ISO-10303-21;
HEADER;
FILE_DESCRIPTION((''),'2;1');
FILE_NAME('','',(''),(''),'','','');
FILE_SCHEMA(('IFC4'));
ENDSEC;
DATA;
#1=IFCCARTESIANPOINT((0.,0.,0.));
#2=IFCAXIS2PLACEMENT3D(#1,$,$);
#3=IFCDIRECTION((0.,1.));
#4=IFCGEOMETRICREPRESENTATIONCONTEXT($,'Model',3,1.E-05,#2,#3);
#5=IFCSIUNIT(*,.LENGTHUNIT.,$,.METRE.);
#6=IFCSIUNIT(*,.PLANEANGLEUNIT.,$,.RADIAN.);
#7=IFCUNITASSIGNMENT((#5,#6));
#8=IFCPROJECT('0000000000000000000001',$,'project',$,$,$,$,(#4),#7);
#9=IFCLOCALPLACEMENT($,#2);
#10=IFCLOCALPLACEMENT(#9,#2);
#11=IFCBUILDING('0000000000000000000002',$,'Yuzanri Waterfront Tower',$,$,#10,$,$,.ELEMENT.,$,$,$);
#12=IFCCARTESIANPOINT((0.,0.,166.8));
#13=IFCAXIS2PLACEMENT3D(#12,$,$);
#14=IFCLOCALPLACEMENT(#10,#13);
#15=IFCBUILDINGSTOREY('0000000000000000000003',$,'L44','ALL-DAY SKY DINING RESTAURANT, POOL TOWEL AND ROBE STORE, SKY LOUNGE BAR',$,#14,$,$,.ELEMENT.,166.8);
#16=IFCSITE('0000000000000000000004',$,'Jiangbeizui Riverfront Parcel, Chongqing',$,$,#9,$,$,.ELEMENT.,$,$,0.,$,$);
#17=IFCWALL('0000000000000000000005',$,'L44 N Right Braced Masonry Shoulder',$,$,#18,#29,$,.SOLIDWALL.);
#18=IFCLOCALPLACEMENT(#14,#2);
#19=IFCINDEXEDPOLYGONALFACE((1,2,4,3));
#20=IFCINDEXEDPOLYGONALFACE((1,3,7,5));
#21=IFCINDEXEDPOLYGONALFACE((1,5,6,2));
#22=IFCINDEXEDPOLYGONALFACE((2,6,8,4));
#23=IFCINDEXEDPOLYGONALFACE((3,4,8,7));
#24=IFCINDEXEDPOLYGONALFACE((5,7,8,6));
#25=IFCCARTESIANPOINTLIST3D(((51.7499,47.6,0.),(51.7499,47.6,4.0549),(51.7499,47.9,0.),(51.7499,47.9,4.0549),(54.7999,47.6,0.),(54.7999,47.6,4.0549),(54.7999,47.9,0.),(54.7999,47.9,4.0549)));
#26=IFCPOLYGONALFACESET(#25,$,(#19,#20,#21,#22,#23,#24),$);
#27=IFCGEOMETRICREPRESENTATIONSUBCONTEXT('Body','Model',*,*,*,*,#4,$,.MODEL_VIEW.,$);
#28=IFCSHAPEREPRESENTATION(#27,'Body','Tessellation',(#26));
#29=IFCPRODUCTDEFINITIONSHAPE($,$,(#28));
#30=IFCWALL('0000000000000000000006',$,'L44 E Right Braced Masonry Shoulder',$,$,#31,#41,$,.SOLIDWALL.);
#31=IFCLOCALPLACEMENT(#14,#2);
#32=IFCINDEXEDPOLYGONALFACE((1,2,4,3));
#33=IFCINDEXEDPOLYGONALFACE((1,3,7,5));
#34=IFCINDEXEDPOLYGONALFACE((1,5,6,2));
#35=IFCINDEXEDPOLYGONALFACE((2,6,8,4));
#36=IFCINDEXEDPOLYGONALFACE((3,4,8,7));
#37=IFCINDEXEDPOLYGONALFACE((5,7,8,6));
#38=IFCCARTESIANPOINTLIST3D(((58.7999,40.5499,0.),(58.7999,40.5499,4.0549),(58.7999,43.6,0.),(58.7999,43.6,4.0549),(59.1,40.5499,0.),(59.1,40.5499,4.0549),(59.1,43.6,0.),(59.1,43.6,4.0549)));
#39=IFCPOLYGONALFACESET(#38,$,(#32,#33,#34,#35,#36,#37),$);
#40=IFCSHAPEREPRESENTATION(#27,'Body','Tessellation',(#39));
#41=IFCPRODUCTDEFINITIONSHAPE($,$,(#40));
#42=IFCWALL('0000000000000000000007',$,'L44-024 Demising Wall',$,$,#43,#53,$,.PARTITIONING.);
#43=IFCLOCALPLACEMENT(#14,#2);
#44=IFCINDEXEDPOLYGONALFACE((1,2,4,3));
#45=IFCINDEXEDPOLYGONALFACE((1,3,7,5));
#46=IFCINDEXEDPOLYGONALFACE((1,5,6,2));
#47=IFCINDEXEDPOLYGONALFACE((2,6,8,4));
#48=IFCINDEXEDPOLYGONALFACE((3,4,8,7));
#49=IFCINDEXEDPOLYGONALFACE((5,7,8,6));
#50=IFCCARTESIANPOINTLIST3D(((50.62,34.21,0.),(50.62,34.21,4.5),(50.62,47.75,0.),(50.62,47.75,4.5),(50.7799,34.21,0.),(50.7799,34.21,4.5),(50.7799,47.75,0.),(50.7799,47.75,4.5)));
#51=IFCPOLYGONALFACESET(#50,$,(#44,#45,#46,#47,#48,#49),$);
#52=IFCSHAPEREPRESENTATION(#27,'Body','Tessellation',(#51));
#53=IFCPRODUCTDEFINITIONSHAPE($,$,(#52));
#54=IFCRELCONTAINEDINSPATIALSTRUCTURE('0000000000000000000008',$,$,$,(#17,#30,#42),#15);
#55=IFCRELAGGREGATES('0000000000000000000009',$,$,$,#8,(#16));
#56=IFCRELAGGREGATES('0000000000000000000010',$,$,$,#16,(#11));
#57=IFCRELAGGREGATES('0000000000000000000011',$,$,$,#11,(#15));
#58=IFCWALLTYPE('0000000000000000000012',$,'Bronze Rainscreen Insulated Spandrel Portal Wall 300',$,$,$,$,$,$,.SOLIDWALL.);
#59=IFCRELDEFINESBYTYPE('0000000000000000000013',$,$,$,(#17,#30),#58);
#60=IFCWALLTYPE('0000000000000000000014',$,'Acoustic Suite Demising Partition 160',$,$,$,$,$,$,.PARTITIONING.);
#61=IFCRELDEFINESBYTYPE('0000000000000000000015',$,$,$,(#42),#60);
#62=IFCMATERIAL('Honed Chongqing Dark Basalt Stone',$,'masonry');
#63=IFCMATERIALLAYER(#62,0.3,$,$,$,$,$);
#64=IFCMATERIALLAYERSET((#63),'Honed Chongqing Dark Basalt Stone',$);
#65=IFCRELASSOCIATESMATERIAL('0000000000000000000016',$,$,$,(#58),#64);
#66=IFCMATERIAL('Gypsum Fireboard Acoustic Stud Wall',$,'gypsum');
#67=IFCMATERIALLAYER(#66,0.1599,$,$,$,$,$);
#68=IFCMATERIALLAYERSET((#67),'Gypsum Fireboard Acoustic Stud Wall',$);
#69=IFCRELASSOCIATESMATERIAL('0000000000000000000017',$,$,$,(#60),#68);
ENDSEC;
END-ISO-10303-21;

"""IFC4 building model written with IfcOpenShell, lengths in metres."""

from ifc_helpers import new_model, si_unit, direction, frame, frame_2d, origin, place, context, subcontext, project, spatial, rectangle, extrude, source, transform, mapped, material, layer, layer_set, type_object, element, save


model = new_model("IFC4")

# Units and contexts
model_context = context("Model", 3, precision=1e-05, world=origin(), true_north=direction((0.0, 1.0)))
body_context = subcontext(model_context, "Body", "Model", "MODEL_VIEW")
ifc_project = project(units=[si_unit("LENGTHUNIT", "METRE"), si_unit("PLANEANGLEUNIT", "RADIAN")], contexts=[model_context])

# Site, building, storey
site_placement = place(None, origin())
site = spatial("IfcSite", under=ifc_project, at=site_placement, Name="Jiangbeizui Riverfront Parcel, Chongqing", CompositionType="ELEMENT", RefElevation=0.0)
building_placement = place(site_placement, origin())
building = spatial("IfcBuilding", under=site, at=building_placement, Name="Yuzanri Waterfront Tower", CompositionType="ELEMENT")
storey_placement = place(building_placement, frame((0.0, 0.0, 166.8)))
storey = spatial("IfcBuildingStorey", under=building, at=storey_placement, Name="L44", Description="ALL-DAY SKY DINING RESTAURANT, POOL TOWEL AND ROBE STORE, SKY LOUNGE BAR", CompositionType="ELEMENT", Elevation=166.8)

# Shared definitions
ifc_material_1 = material(Name="Honed Chongqing Dark Basalt Stone", Category="masonry")
ifc_layer_1 = layer(ifc_material_1, 0.3)
ifc_layer_set_1 = layer_set([ifc_layer_1], Name="Honed Chongqing Dark Basalt Stone")
wall_type_1 = type_object("IfcWallType", Name="Bronze Rainscreen Insulated Spandrel Portal Wall 300", PredefinedType="SOLIDWALL", material=ifc_layer_set_1)

# Walls
shared_shape_1 = source(origin(), body_context, "Body", "SweptSolid", [
    extrude(rectangle(XDim=3.05, YDim=0.3, at=frame_2d((1.5249, 0.0))), origin(), (0.0, 0.0, 1.0), 4.0549),
])
for number, where, z_axis, x_axis, name in (
    (1, (51.75, 47.75, 0.0), (0.0, 0.0, 1.0), (1.0, 0.0, 0.0), "L44 N Right Braced Masonry Shoulder"),
    (2, (58.95, 40.55, 0.0), (0.0, 0.0, 1.0), (0.0, 1.0, 0.0), "L44 E Right Braced Masonry Shoulder"),
):
    element("IfcWall", number, at=place(storey_placement, frame(where, z_axis=z_axis, x_axis=x_axis)), inside=storey, type_object=wall_type_1, Name=name, PredefinedType="SOLIDWALL", context=body_context, shape_type="MappedRepresentation", body=[
        mapped(shared_shape_1, transform((0.0, 0.0, 0.0), scale=1.0)),
    ])
ifc_material_2 = material(Name="Gypsum Fireboard Acoustic Stud Wall", Category="gypsum")
ifc_layer_2 = layer(ifc_material_2, 0.1599)
ifc_layer_set_2 = layer_set([ifc_layer_2], Name="Gypsum Fireboard Acoustic Stud Wall")
wall_type_2 = type_object("IfcWallType", Name="Acoustic Suite Demising Partition 160", PredefinedType="PARTITIONING", material=ifc_layer_set_2)
shared_shape_2 = source(origin(), body_context, "Body", "SweptSolid", [
    extrude(rectangle(XDim=13.54, YDim=0.1599, at=frame_2d((6.77, 0.0))), origin(), (0.0, 0.0, 1.0), 4.5),
])
wall_1_placement = place(storey_placement, frame((50.7, 34.21, 0.0), z_axis=(0.0, 0.0, 1.0), x_axis=(0.0, 1.0, 0.0)))
element("IfcWall", 3, at=wall_1_placement, inside=storey, type_object=wall_type_2, Name="L44-024 Demising Wall", PredefinedType="PARTITIONING", context=body_context, shape_type="MappedRepresentation", body=[
    mapped(shared_shape_2, transform((0.0, 0.0, 0.0), scale=1.0)),
])

save(model, "model.ifc")
